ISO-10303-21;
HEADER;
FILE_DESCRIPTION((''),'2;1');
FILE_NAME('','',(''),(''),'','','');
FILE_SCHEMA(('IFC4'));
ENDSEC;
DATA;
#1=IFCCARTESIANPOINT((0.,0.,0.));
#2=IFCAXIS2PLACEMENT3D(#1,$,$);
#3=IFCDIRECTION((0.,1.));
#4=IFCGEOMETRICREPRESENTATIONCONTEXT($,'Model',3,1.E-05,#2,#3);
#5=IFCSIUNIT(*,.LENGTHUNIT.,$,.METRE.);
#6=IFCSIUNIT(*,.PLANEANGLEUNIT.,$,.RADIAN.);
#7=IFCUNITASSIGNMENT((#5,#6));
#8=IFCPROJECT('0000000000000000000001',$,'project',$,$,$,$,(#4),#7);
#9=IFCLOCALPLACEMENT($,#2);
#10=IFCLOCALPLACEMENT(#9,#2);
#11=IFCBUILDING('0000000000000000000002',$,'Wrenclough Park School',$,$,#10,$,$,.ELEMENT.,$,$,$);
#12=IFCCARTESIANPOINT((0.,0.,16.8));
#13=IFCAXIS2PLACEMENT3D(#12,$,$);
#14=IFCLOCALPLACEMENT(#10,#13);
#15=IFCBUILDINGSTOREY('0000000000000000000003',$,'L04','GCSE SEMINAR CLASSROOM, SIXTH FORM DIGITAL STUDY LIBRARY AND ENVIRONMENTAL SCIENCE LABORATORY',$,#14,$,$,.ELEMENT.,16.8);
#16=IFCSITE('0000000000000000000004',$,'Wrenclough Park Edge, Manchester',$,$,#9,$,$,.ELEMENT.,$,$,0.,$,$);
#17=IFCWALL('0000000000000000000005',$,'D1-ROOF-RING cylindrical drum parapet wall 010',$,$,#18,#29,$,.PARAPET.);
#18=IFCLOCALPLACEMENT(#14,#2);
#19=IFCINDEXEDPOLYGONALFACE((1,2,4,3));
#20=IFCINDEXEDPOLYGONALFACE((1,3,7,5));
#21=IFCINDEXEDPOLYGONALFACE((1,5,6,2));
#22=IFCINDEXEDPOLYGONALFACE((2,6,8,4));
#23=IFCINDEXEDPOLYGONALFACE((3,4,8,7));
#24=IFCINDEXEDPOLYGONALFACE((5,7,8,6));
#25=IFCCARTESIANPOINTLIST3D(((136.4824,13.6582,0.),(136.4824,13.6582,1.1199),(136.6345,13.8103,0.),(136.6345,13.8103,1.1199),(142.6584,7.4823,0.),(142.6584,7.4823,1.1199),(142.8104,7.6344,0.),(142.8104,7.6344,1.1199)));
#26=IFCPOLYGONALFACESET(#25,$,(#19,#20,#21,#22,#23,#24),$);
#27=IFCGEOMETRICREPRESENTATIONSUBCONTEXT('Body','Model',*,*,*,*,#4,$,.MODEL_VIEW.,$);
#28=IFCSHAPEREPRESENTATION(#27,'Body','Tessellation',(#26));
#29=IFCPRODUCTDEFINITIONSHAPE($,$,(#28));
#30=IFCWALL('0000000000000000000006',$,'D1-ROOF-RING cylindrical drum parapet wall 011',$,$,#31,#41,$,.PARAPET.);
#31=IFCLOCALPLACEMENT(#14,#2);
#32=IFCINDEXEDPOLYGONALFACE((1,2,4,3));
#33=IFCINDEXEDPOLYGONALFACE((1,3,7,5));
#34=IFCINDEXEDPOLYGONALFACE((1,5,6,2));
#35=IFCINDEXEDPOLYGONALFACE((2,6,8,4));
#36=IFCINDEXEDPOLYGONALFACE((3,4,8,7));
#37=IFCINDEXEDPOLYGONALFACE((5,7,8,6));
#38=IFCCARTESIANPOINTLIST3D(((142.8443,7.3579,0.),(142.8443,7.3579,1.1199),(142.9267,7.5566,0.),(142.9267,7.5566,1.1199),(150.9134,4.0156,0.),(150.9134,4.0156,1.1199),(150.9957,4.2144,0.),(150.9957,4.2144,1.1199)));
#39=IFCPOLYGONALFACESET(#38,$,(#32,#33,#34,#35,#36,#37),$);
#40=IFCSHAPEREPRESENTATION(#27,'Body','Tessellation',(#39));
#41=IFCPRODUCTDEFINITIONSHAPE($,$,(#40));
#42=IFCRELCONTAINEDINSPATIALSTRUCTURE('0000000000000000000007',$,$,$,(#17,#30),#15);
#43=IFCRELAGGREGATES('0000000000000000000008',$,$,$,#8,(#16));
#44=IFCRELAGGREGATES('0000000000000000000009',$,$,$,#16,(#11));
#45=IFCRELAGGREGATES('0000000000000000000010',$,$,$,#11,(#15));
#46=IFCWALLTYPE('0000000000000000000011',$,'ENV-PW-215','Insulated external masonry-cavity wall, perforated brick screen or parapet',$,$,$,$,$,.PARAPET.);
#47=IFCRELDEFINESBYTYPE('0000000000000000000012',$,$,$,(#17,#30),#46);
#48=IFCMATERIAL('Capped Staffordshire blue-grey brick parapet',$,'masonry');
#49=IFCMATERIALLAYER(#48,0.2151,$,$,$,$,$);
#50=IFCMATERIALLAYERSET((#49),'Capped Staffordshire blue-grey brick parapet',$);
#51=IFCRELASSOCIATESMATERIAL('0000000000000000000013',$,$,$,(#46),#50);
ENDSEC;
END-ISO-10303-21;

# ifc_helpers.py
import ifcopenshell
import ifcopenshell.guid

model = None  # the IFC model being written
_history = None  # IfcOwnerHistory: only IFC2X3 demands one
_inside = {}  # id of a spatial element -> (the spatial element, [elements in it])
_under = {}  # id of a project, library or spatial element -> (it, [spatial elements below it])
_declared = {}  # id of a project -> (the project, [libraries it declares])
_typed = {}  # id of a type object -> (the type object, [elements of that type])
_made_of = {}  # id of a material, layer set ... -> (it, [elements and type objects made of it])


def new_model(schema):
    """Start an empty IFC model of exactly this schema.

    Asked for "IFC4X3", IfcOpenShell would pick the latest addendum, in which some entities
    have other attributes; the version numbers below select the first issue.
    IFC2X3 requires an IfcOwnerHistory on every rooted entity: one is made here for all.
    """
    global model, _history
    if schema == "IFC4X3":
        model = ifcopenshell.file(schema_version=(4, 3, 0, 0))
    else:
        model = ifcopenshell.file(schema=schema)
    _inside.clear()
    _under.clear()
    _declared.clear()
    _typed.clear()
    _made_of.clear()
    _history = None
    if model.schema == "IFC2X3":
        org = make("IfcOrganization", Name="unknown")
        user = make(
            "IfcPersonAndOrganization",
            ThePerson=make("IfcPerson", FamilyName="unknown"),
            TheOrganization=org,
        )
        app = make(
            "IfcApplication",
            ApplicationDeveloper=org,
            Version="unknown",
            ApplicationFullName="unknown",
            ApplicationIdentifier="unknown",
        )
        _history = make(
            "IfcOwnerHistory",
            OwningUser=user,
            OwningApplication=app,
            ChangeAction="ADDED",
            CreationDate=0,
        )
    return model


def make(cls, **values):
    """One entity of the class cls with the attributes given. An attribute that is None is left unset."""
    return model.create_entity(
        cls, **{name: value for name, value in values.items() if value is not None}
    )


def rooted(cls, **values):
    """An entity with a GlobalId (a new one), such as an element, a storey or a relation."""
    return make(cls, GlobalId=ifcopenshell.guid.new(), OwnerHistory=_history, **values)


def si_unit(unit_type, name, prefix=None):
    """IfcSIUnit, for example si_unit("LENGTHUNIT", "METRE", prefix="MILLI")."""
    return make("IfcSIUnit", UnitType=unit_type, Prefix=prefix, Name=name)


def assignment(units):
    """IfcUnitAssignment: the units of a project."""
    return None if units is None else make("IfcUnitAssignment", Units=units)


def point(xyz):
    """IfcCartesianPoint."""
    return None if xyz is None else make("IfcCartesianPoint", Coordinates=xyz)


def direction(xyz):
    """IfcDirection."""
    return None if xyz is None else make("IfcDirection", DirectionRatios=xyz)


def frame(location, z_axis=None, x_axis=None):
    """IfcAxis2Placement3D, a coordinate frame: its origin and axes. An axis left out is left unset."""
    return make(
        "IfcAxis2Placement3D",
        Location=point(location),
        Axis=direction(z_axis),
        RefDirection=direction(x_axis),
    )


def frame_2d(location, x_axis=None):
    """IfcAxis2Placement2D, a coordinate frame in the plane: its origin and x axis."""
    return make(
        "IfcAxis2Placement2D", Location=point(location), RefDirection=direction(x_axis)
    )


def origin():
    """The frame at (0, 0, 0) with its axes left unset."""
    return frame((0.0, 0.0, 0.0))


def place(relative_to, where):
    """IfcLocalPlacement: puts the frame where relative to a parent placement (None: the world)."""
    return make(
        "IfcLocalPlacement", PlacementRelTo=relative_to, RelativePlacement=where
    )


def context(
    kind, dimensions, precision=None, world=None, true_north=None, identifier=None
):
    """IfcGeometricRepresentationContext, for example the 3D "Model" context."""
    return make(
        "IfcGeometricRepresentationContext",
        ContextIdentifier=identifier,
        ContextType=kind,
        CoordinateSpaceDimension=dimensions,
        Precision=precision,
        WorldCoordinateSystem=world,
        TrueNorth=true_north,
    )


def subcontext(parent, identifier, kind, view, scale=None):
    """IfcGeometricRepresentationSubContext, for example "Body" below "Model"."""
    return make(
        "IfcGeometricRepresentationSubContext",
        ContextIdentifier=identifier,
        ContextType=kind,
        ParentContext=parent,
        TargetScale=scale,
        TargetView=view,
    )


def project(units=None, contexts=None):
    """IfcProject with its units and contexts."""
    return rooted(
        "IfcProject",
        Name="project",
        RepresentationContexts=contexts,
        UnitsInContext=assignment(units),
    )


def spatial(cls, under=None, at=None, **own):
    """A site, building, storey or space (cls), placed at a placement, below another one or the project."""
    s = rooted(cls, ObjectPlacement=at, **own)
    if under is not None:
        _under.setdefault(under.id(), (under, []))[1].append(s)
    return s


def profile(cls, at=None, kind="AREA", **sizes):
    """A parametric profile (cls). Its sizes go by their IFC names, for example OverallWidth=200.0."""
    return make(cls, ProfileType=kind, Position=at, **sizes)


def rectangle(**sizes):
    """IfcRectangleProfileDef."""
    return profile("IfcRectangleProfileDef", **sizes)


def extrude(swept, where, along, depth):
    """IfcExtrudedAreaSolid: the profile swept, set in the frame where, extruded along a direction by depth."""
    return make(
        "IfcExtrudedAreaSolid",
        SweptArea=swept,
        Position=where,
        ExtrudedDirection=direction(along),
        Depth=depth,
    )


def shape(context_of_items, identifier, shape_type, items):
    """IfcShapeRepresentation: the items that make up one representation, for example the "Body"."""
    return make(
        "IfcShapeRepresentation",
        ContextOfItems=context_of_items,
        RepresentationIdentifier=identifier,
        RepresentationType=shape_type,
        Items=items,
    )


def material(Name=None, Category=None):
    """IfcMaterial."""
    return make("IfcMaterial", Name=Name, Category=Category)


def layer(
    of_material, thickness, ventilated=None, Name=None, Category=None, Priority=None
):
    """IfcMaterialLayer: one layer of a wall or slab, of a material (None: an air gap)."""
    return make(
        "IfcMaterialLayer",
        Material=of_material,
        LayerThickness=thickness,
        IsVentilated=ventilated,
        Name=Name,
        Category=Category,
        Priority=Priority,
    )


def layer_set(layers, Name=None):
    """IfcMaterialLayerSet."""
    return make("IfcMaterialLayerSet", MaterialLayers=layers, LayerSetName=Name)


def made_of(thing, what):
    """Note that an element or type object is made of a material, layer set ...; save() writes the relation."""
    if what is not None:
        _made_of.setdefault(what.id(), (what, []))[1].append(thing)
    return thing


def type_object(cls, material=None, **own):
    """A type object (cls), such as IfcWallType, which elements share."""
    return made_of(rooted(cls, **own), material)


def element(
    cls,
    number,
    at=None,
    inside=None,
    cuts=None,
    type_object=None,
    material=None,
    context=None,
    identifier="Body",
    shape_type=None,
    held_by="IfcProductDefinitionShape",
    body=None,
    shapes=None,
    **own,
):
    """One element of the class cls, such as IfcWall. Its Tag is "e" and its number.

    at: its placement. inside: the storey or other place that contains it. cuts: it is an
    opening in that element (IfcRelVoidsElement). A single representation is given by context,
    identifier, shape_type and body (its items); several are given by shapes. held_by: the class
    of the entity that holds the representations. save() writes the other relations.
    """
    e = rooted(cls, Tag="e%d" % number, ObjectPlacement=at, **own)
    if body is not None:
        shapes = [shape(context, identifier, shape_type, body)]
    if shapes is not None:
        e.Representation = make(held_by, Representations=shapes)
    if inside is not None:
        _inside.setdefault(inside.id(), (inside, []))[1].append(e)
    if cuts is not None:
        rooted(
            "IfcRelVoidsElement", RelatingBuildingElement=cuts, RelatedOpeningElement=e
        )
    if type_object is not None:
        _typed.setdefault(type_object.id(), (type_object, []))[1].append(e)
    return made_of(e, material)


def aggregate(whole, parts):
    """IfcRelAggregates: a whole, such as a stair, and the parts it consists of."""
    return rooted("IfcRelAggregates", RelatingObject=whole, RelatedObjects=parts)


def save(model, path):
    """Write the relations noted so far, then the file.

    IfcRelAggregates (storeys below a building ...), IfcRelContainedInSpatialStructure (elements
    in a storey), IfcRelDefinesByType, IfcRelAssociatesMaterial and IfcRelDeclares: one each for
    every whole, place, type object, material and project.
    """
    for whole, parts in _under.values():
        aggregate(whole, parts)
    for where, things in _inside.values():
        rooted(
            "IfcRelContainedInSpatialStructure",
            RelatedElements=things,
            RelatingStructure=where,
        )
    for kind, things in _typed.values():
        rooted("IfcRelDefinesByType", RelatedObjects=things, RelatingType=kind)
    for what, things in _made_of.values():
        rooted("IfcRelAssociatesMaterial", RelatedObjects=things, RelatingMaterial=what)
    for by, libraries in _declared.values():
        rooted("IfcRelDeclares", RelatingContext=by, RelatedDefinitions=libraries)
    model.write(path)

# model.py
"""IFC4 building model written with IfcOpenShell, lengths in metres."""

from ifc_helpers import new_model, si_unit, direction, frame, frame_2d, origin, place, context, subcontext, project, spatial, rectangle, extrude, material, layer, layer_set, type_object, element, save


model = new_model("IFC4")

# Units and contexts
model_context = context("Model", 3, precision=1e-05, world=origin(), true_north=direction((0.0, 1.0)))
body_context = subcontext(model_context, "Body", "Model", "MODEL_VIEW")
ifc_project = project(units=[si_unit("LENGTHUNIT", "METRE"), si_unit("PLANEANGLEUNIT", "RADIAN")], contexts=[model_context])

# Site, building, storey
site_placement = place(None, origin())
site = spatial("IfcSite", under=ifc_project, at=site_placement, Name="Wrenclough Park Edge, Manchester", CompositionType="ELEMENT", RefElevation=0.0)
building_placement = place(site_placement, origin())
building = spatial("IfcBuilding", under=site, at=building_placement, Name="Wrenclough Park School", CompositionType="ELEMENT")
storey_placement = place(building_placement, frame((0.0, 0.0, 16.8)))
storey = spatial("IfcBuildingStorey", under=building, at=storey_placement, Name="L04", Description="GCSE SEMINAR CLASSROOM, SIXTH FORM DIGITAL STUDY LIBRARY AND ENVIRONMENTAL SCIENCE LABORATORY", CompositionType="ELEMENT", Elevation=16.8)

# Walls
ifc_material_1 = material(Name="Capped Staffordshire blue-grey brick parapet", Category="masonry")
ifc_layer_1 = layer(ifc_material_1, 0.2151)
ifc_layer_set_1 = layer_set([ifc_layer_1], Name="Capped Staffordshire blue-grey brick parapet")
wall_type = type_object("IfcWallType", Name="ENV-PW-215", Description="Insulated external masonry-cavity wall, perforated brick screen or parapet", PredefinedType="PARAPET", material=ifc_layer_set_1)
wall_1_placement = place(storey_placement, frame((136.5583, 13.7344, 0.0), z_axis=(0.0, 0.0, 1.0), x_axis=(0.707107, -0.707107, 0.0)))
element("IfcWall", 1, at=wall_1_placement, inside=storey, type_object=wall_type, Name="D1-ROOF-RING cylindrical drum parapet wall 010", PredefinedType="PARAPET", context=body_context, shape_type="SweptSolid", body=[
    extrude(rectangle(XDim=8.7341, YDim=0.2151, at=frame_2d((4.3672, 0.0))), origin(), (0.0, 0.0, 1.0), 1.1199),
])
wall_2_placement = place(storey_placement, frame((142.8855, 7.4573, 0.0), z_axis=(0.0, 0.0, 1.0), x_axis=(0.923881, -0.382679, 0.0)))
element("IfcWall", 2, at=wall_2_placement, inside=storey, type_object=wall_type, Name="D1-ROOF-RING cylindrical drum parapet wall 011", PredefinedType="PARAPET", context=body_context, shape_type="SweptSolid", body=[
    extrude(rectangle(XDim=8.7339, YDim=0.2151, at=frame_2d((4.3669, 0.0))), origin(), (0.0, 0.0, 1.0), 1.1199),
])

save(model, "model.ifc")
